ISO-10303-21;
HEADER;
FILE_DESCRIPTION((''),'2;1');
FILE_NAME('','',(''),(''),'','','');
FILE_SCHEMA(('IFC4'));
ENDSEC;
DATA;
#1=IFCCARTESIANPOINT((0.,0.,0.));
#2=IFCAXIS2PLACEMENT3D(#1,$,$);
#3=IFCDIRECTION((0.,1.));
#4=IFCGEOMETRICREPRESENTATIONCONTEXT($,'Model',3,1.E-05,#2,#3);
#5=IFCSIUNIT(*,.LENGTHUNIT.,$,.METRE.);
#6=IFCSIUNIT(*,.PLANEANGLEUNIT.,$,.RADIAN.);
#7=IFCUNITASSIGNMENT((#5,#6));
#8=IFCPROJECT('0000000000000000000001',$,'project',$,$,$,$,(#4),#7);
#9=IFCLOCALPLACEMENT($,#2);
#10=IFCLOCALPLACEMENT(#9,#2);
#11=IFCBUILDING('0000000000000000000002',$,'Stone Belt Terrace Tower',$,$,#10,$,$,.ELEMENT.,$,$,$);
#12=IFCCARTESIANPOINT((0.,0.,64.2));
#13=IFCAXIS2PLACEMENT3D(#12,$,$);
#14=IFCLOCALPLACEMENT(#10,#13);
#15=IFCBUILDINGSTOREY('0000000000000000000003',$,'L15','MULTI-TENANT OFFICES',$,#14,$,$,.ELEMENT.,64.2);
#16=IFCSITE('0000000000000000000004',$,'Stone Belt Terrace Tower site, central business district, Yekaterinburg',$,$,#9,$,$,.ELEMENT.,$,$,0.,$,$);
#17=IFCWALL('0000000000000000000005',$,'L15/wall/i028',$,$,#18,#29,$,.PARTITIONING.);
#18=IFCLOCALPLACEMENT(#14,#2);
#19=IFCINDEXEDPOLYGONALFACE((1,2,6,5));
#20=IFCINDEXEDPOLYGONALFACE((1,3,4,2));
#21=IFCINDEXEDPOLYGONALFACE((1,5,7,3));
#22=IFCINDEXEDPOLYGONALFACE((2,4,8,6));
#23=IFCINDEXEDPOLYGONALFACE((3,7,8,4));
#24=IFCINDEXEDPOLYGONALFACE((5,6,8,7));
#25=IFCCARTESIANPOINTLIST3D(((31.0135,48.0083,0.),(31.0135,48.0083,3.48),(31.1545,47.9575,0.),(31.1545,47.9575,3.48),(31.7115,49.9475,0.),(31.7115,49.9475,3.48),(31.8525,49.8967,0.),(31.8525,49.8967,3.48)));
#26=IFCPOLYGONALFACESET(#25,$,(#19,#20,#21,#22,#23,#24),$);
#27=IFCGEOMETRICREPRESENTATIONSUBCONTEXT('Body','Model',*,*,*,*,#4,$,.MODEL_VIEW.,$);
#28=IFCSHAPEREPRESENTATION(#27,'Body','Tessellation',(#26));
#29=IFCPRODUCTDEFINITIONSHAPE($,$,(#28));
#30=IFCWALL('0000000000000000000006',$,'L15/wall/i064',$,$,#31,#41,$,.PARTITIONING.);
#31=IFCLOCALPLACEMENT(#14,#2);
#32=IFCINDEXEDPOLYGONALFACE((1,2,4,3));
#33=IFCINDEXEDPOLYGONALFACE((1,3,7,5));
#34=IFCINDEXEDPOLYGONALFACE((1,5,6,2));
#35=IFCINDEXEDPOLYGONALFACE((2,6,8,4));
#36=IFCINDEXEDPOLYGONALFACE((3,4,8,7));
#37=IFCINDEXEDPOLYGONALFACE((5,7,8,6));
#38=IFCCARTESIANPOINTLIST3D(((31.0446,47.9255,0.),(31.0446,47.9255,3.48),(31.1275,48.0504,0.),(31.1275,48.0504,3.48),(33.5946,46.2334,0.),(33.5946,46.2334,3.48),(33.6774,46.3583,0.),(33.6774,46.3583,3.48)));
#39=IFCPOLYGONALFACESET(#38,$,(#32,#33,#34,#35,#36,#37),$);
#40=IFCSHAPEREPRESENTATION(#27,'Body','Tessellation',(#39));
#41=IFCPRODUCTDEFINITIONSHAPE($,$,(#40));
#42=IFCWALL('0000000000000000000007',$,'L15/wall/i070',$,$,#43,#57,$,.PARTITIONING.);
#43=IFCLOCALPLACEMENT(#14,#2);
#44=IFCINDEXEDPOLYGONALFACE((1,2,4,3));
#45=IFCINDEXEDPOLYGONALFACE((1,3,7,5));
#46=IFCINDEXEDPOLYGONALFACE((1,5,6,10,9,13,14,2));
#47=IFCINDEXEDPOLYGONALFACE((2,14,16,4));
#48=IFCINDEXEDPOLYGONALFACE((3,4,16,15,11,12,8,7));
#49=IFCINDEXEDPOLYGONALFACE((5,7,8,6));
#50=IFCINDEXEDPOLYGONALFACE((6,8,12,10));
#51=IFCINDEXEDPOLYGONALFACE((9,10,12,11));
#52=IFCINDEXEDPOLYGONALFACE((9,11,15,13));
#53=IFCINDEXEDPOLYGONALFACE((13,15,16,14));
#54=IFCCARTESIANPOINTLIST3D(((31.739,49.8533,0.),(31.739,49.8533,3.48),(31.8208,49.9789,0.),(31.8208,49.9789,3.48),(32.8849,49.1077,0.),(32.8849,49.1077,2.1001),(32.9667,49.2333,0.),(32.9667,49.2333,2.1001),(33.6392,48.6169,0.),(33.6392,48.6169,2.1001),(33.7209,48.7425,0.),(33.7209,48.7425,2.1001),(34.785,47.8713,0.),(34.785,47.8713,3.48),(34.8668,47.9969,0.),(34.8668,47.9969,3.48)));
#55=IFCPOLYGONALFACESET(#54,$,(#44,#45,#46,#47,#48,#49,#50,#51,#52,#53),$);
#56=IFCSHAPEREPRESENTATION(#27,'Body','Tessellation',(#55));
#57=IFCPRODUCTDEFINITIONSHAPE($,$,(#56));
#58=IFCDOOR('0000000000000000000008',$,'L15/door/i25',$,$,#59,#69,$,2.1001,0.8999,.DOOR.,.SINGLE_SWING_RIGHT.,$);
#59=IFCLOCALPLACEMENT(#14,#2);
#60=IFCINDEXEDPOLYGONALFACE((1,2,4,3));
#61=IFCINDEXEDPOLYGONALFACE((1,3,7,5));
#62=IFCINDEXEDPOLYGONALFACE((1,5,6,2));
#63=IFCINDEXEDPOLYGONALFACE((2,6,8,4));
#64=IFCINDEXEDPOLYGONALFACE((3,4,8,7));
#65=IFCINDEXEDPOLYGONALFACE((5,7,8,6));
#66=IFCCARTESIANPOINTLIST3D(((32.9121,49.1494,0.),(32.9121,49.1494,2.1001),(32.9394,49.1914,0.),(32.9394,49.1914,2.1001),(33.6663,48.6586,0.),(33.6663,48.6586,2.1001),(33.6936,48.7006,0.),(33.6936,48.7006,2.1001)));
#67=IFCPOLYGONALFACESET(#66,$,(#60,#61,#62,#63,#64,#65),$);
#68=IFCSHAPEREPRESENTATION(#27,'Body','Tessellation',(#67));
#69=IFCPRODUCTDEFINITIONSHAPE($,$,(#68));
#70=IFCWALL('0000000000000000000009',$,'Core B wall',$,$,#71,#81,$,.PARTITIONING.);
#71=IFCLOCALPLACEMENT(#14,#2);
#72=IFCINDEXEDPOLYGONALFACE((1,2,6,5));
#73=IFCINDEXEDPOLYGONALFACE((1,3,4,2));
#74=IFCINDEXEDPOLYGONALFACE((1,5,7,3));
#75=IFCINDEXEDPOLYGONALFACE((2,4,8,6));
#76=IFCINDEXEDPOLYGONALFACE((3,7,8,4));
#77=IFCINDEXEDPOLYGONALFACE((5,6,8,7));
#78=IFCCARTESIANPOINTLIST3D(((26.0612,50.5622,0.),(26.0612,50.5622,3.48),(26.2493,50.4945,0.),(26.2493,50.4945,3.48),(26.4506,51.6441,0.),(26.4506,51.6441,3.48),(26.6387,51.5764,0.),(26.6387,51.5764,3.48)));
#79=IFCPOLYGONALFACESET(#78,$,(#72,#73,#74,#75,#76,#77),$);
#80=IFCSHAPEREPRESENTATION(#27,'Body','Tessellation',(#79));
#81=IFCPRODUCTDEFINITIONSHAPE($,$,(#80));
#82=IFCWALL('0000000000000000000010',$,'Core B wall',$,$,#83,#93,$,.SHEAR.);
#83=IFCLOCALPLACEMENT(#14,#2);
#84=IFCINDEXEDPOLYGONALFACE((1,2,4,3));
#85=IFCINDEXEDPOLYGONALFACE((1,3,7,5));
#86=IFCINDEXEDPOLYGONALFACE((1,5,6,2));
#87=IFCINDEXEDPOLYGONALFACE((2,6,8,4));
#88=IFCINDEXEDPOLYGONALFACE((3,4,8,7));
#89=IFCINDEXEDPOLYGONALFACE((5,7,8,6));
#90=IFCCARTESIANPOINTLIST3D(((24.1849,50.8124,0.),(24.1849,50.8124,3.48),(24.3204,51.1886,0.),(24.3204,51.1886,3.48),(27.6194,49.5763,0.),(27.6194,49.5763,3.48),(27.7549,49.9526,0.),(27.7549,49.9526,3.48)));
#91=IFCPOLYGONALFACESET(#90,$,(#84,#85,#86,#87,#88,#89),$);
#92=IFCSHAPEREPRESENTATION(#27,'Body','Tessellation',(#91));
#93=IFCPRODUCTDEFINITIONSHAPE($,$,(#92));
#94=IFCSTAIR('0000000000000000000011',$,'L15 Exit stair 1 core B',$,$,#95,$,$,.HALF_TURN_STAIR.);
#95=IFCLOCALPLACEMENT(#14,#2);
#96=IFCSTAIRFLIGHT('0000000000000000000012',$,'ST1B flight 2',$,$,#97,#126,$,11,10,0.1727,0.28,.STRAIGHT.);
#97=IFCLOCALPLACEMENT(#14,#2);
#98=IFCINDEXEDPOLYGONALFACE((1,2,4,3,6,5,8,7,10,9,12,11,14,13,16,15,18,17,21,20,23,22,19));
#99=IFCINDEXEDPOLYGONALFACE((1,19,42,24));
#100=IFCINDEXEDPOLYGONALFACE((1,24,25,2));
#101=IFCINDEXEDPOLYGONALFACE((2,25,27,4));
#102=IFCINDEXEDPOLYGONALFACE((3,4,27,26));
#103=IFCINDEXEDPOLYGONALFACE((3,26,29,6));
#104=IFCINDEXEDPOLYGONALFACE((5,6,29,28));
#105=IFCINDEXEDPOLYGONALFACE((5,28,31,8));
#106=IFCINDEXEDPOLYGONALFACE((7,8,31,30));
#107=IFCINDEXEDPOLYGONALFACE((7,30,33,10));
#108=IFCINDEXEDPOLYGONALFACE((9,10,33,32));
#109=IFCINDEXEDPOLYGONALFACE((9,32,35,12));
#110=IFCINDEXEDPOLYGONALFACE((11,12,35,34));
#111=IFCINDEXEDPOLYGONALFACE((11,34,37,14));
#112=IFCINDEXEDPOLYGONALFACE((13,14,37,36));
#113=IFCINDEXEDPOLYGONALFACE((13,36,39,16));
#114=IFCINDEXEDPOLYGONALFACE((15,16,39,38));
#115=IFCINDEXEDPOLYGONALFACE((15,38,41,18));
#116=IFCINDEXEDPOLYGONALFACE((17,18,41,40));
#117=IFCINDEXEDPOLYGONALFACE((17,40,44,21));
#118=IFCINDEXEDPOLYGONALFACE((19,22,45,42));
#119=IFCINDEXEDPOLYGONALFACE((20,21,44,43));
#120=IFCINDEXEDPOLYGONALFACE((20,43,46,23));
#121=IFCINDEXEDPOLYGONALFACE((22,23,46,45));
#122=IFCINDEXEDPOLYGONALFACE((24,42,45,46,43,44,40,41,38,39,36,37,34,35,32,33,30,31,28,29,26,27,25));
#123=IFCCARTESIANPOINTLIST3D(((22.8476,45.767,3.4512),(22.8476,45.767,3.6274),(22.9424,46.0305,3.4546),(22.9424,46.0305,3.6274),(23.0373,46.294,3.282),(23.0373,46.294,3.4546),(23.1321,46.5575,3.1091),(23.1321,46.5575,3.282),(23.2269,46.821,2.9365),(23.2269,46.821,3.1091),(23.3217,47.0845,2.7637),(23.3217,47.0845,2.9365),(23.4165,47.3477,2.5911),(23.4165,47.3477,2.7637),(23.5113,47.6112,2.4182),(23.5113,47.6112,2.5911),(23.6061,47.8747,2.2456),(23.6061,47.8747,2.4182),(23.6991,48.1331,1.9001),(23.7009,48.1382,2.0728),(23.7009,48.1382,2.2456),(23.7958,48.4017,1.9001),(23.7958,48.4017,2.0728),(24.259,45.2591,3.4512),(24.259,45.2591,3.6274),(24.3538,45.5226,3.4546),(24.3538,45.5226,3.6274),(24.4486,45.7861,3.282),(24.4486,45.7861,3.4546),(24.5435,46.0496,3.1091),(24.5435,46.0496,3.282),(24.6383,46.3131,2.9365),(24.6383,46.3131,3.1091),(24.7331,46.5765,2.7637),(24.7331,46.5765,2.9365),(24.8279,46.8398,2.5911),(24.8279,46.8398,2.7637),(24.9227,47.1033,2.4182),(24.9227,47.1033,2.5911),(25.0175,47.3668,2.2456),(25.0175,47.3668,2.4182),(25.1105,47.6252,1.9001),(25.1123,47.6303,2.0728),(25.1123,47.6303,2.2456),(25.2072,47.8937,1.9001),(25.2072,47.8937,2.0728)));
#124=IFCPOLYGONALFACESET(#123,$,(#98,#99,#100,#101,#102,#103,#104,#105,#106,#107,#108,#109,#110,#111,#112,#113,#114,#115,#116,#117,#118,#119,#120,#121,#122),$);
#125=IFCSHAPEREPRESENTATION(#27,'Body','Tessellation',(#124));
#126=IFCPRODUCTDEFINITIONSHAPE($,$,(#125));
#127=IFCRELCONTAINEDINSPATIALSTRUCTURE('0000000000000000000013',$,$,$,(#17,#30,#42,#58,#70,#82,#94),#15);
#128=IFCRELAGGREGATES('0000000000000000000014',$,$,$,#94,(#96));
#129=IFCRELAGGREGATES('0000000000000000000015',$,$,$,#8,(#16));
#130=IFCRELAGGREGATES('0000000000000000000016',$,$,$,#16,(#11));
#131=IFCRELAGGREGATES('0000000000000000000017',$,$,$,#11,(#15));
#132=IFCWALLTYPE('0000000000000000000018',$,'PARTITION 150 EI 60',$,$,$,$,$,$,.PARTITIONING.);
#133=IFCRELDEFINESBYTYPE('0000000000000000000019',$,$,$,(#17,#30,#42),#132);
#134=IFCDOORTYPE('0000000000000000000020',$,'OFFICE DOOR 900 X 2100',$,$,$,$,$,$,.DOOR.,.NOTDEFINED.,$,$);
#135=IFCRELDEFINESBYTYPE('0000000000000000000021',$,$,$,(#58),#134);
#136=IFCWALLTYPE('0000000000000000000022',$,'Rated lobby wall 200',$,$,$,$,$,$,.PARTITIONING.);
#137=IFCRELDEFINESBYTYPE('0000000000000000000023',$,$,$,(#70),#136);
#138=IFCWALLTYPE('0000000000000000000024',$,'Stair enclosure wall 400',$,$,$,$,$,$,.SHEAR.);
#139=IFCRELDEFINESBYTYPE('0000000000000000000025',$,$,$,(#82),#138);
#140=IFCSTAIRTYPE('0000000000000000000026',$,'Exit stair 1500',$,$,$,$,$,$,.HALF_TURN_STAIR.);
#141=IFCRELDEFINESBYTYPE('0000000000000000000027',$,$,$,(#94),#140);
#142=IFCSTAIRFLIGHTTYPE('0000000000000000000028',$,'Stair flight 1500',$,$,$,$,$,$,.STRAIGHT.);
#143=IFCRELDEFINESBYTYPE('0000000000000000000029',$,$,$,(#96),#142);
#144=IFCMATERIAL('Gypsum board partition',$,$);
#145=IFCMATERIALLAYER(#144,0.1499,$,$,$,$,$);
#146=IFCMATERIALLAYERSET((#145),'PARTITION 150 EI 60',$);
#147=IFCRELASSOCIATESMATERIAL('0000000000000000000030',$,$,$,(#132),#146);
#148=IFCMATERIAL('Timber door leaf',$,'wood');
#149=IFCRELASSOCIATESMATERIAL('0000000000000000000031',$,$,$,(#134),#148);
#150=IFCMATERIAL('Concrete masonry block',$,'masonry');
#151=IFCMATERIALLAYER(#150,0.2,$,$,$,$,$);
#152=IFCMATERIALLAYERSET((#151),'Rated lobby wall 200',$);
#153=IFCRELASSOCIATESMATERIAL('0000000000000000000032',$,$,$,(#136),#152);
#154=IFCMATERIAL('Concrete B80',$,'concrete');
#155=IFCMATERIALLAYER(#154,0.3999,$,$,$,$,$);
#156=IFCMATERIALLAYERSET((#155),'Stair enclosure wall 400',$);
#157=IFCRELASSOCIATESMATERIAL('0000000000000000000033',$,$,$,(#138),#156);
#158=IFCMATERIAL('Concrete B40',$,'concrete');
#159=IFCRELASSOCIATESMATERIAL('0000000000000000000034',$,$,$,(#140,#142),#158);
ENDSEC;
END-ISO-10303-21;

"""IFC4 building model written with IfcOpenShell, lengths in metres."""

from ifc_helpers import new_model, si_unit, direction, frame, frame_2d, origin, place, context, subcontext, project, spatial, polyline, rectangle, outline, extrude, material, layer, layer_set, type_object, element, fill, aggregate, save


model = new_model("IFC4")

# Units and contexts
model_context = context("Model", 3, precision=1e-05, world=origin(), true_north=direction((0.0, 1.0)))
body_context = subcontext(model_context, "Body", "Model", "MODEL_VIEW")
ifc_project = project(units=[si_unit("LENGTHUNIT", "METRE"), si_unit("PLANEANGLEUNIT", "RADIAN")], contexts=[model_context])

# Site, building, storey
site_placement = place(None, origin())
site = spatial("IfcSite", under=ifc_project, at=site_placement, Name="Stone Belt Terrace Tower site, central business district, Yekaterinburg", CompositionType="ELEMENT", RefElevation=0.0)
building_placement = place(site_placement, origin())
building = spatial("IfcBuilding", under=site, at=building_placement, Name="Stone Belt Terrace Tower", CompositionType="ELEMENT")
storey_placement = place(building_placement, frame((0.0, 0.0, 64.2)))
storey = spatial("IfcBuildingStorey", under=building, at=storey_placement, Name="L15", Description="MULTI-TENANT OFFICES", CompositionType="ELEMENT", Elevation=64.2)

# Shared definitions
ifc_material_1 = material(Name="Concrete B80", Category="concrete")

# Shared definitions
ifc_material_2 = material(Name="Timber door leaf", Category="wood")

# Shared definitions
ifc_material_3 = material(Name="Gypsum board partition")
ifc_layer_1 = layer(ifc_material_3, 0.1499)
ifc_layer_set_1 = layer_set([ifc_layer_1], Name="PARTITION 150 EI 60")
wall_type_1 = type_object("IfcWallType", Name="PARTITION 150 EI 60", PredefinedType="PARTITIONING", material=ifc_layer_set_1)
door_type_1 = type_object("IfcDoorType", Name="OFFICE DOOR 900 X 2100", OperationType="NOTDEFINED", PredefinedType="DOOR", material=ifc_material_2)

# Walls
wall_1_placement = place(storey_placement, frame((31.782, 49.9221, 0.0), z_axis=(0.0, 0.0, 1.0), x_axis=(-0.338669, -0.940906, 0.0)))
element("IfcWall", 1, at=wall_1_placement, inside=storey, type_object=wall_type_1, Name="L15/wall/i028", PredefinedType="PARTITIONING", context=body_context, shape_type="SweptSolid", body=[
    extrude(rectangle(XDim=2.061, YDim=0.1499, at=frame_2d((1.0305, 0.0))), origin(), (0.0, 0.0, 1.0), 3.48),
])
wall_2_placement = place(storey_placement, frame((31.0859, 47.988, 0.0), z_axis=(0.0, 0.0, 1.0), x_axis=(0.833239, -0.552913, 0.0)))
element("IfcWall", 2, at=wall_2_placement, inside=storey, type_object=wall_type_1, Name="L15/wall/i064", PredefinedType="PARTITIONING", context=body_context, shape_type="SweptSolid", body=[
    extrude(rectangle(XDim=3.0603, YDim=0.1499, at=frame_2d((1.5303, 0.0))), origin(), (0.0, 0.0, 1.0), 3.48),
])

# Wall, opening, door
wall_3_placement = place(storey_placement, frame((31.78, 49.916, 0.0), z_axis=(0.0, 0.0, 1.0), x_axis=(0.83818, -0.545394, 0.0)))
wall_3 = element("IfcWall", 3, at=wall_3_placement, inside=storey, type_object=wall_type_1, Name="L15/wall/i070", PredefinedType="PARTITIONING", context=body_context, shape_type="SweptSolid", body=[
    extrude(rectangle(XDim=3.634, YDim=0.1499, at=frame_2d((1.8169, 0.0))), origin(), (0.0, 0.0, 1.0), 3.48),
])
opening_1_placement = place(wall_3_placement, frame((1.3669, 0.0, 0.0)))
opening_1 = element("IfcOpeningElement", 4, at=opening_1_placement, cuts=wall_3, PredefinedType="OPENING", context=body_context, shape_type="SweptSolid", body=[
    extrude(rectangle(XDim=0.8999, YDim=2.1001, at=frame_2d((0.45, 1.05))), frame((0.0, 0.085, 0.0), z_axis=(0.0, -1.0, 0.0), x_axis=(1.0, 0.0, 0.0)), (0.0, 0.0, 1.0), 0.1699),
])
door_1_placement = place(opening_1_placement, origin())
door_1 = element("IfcDoor", 5, at=door_1_placement, inside=storey, type_object=door_type_1, Name="L15/door/i25", OperationType="SINGLE_SWING_RIGHT", OverallHeight=2.1001, OverallWidth=0.8999, PredefinedType="DOOR", context=body_context, shape_type="SweptSolid", body=[
    extrude(rectangle(XDim=0.8999, YDim=2.1001, at=frame_2d((0.45, 1.05))), frame((0.0, 0.0249, 0.0), z_axis=(0.0, -1.0, 0.0), x_axis=(1.0, 0.0, 0.0)), (0.0, 0.0, 1.0), 0.05),
])
fill(opening_1, door_1)

# Walls
ifc_material_4 = material(Name="Concrete masonry block", Category="masonry")
ifc_layer_2 = layer(ifc_material_4, 0.2)
ifc_layer_set_2 = layer_set([ifc_layer_2], Name="Rated lobby wall 200")
wall_type_2 = type_object("IfcWallType", Name="Rated lobby wall 200", PredefinedType="PARTITIONING", material=ifc_layer_set_2)
wall_4_placement = place(storey_placement, frame((26.1553, 50.5283, 0.0), z_axis=(0.0, 0.0, 1.0), x_axis=(0.338622, 0.940923, 0.0)))
element("IfcWall", 6, at=wall_4_placement, inside=storey, type_object=wall_type_2, Name="Core B wall", PredefinedType="PARTITIONING", context=body_context, shape_type="SweptSolid", body=[
    extrude(rectangle(XDim=1.1499, YDim=0.2, at=frame_2d((0.575, 0.0))), origin(), (0.0, 0.0, 1.0), 3.48),
])
ifc_layer_3 = layer(ifc_material_1, 0.3999)
ifc_layer_set_3 = layer_set([ifc_layer_3], Name="Stair enclosure wall 400")
wall_type_3 = type_object("IfcWallType", Name="Stair enclosure wall 400", PredefinedType="SHEAR", material=ifc_layer_set_3)
wall_5_placement = place(storey_placement, frame((27.6873, 49.7644, 0.0), z_axis=(0.0, 0.0, 1.0), x_axis=(-0.940919, 0.338632, 0.0)))
element("IfcWall", 7, at=wall_5_placement, inside=storey, type_object=wall_type_3, Name="Core B wall", PredefinedType="SHEAR", context=body_context, shape_type="SweptSolid", body=[
    extrude(rectangle(XDim=3.6501, YDim=0.3999, at=frame_2d((1.8252, 0.0))), origin(), (0.0, 0.0, 1.0), 3.48),
])

# Stair, stair flight
ifc_material_5 = material(Name="Concrete B40", Category="concrete")
stair_type = type_object("IfcStairType", Name="Exit stair 1500", PredefinedType="HALF_TURN_STAIR", material=ifc_material_5)
stair_placement = place(storey_placement, origin())
stair = element("IfcStair", 8, at=stair_placement, inside=storey, type_object=stair_type, Name="L15 Exit stair 1 core B", PredefinedType="HALF_TURN_STAIR")
stair_flight_type = type_object("IfcStairFlightType", Name="Stair flight 1500", PredefinedType="STRAIGHT", material=ifc_material_5)
stair_flight_placement = place(storey_placement, frame((24.5015, 48.1477, 1.9001), z_axis=(0.0, 0.0, 1.0), x_axis=(-0.338624, -0.940922, 0.0)))
stair_flight = element("IfcStairFlight", 9, at=stair_flight_placement, type_object=stair_flight_type, Name="ST1B flight 2", NumberOfRisers=11, NumberOfTreads=10, PredefinedType="STRAIGHT", RiserHeight=0.1727, TreadLength=0.28, context=body_context, shape_type="SweptSolid", body=[
    extrude(outline(polyline([(0.0, 0.0), (0.0, 0.1726), (0.28, 0.1726), (0.28, 0.3455), (0.5601, 0.3455), (0.5601, 0.5181), (0.8401, 0.5181), (0.8401, 0.6909), (1.1201, 0.6909), (1.1201, 0.8635), (1.3999, 0.8635), (1.3999, 1.0364), (1.6799, 1.0364), (1.6799, 1.209), (1.96, 1.209), (1.96, 1.3818), (2.24, 1.3818), (2.24, 1.5544), (2.52, 1.5544), (2.52, 1.7273), (2.8, 1.7273), (2.8, 1.8999), (2.8, 1.551), (0.2854, 0.0), (0.0, 0.0)])), frame((0.0, 0.75, 0.0), z_axis=(0.0, -1.0, 0.0), x_axis=(1.0, 0.0, 0.0)), (0.0, 0.0, 1.0), 1.5),
])
aggregate(stair, [stair_flight])

save(model, "model.ifc")
